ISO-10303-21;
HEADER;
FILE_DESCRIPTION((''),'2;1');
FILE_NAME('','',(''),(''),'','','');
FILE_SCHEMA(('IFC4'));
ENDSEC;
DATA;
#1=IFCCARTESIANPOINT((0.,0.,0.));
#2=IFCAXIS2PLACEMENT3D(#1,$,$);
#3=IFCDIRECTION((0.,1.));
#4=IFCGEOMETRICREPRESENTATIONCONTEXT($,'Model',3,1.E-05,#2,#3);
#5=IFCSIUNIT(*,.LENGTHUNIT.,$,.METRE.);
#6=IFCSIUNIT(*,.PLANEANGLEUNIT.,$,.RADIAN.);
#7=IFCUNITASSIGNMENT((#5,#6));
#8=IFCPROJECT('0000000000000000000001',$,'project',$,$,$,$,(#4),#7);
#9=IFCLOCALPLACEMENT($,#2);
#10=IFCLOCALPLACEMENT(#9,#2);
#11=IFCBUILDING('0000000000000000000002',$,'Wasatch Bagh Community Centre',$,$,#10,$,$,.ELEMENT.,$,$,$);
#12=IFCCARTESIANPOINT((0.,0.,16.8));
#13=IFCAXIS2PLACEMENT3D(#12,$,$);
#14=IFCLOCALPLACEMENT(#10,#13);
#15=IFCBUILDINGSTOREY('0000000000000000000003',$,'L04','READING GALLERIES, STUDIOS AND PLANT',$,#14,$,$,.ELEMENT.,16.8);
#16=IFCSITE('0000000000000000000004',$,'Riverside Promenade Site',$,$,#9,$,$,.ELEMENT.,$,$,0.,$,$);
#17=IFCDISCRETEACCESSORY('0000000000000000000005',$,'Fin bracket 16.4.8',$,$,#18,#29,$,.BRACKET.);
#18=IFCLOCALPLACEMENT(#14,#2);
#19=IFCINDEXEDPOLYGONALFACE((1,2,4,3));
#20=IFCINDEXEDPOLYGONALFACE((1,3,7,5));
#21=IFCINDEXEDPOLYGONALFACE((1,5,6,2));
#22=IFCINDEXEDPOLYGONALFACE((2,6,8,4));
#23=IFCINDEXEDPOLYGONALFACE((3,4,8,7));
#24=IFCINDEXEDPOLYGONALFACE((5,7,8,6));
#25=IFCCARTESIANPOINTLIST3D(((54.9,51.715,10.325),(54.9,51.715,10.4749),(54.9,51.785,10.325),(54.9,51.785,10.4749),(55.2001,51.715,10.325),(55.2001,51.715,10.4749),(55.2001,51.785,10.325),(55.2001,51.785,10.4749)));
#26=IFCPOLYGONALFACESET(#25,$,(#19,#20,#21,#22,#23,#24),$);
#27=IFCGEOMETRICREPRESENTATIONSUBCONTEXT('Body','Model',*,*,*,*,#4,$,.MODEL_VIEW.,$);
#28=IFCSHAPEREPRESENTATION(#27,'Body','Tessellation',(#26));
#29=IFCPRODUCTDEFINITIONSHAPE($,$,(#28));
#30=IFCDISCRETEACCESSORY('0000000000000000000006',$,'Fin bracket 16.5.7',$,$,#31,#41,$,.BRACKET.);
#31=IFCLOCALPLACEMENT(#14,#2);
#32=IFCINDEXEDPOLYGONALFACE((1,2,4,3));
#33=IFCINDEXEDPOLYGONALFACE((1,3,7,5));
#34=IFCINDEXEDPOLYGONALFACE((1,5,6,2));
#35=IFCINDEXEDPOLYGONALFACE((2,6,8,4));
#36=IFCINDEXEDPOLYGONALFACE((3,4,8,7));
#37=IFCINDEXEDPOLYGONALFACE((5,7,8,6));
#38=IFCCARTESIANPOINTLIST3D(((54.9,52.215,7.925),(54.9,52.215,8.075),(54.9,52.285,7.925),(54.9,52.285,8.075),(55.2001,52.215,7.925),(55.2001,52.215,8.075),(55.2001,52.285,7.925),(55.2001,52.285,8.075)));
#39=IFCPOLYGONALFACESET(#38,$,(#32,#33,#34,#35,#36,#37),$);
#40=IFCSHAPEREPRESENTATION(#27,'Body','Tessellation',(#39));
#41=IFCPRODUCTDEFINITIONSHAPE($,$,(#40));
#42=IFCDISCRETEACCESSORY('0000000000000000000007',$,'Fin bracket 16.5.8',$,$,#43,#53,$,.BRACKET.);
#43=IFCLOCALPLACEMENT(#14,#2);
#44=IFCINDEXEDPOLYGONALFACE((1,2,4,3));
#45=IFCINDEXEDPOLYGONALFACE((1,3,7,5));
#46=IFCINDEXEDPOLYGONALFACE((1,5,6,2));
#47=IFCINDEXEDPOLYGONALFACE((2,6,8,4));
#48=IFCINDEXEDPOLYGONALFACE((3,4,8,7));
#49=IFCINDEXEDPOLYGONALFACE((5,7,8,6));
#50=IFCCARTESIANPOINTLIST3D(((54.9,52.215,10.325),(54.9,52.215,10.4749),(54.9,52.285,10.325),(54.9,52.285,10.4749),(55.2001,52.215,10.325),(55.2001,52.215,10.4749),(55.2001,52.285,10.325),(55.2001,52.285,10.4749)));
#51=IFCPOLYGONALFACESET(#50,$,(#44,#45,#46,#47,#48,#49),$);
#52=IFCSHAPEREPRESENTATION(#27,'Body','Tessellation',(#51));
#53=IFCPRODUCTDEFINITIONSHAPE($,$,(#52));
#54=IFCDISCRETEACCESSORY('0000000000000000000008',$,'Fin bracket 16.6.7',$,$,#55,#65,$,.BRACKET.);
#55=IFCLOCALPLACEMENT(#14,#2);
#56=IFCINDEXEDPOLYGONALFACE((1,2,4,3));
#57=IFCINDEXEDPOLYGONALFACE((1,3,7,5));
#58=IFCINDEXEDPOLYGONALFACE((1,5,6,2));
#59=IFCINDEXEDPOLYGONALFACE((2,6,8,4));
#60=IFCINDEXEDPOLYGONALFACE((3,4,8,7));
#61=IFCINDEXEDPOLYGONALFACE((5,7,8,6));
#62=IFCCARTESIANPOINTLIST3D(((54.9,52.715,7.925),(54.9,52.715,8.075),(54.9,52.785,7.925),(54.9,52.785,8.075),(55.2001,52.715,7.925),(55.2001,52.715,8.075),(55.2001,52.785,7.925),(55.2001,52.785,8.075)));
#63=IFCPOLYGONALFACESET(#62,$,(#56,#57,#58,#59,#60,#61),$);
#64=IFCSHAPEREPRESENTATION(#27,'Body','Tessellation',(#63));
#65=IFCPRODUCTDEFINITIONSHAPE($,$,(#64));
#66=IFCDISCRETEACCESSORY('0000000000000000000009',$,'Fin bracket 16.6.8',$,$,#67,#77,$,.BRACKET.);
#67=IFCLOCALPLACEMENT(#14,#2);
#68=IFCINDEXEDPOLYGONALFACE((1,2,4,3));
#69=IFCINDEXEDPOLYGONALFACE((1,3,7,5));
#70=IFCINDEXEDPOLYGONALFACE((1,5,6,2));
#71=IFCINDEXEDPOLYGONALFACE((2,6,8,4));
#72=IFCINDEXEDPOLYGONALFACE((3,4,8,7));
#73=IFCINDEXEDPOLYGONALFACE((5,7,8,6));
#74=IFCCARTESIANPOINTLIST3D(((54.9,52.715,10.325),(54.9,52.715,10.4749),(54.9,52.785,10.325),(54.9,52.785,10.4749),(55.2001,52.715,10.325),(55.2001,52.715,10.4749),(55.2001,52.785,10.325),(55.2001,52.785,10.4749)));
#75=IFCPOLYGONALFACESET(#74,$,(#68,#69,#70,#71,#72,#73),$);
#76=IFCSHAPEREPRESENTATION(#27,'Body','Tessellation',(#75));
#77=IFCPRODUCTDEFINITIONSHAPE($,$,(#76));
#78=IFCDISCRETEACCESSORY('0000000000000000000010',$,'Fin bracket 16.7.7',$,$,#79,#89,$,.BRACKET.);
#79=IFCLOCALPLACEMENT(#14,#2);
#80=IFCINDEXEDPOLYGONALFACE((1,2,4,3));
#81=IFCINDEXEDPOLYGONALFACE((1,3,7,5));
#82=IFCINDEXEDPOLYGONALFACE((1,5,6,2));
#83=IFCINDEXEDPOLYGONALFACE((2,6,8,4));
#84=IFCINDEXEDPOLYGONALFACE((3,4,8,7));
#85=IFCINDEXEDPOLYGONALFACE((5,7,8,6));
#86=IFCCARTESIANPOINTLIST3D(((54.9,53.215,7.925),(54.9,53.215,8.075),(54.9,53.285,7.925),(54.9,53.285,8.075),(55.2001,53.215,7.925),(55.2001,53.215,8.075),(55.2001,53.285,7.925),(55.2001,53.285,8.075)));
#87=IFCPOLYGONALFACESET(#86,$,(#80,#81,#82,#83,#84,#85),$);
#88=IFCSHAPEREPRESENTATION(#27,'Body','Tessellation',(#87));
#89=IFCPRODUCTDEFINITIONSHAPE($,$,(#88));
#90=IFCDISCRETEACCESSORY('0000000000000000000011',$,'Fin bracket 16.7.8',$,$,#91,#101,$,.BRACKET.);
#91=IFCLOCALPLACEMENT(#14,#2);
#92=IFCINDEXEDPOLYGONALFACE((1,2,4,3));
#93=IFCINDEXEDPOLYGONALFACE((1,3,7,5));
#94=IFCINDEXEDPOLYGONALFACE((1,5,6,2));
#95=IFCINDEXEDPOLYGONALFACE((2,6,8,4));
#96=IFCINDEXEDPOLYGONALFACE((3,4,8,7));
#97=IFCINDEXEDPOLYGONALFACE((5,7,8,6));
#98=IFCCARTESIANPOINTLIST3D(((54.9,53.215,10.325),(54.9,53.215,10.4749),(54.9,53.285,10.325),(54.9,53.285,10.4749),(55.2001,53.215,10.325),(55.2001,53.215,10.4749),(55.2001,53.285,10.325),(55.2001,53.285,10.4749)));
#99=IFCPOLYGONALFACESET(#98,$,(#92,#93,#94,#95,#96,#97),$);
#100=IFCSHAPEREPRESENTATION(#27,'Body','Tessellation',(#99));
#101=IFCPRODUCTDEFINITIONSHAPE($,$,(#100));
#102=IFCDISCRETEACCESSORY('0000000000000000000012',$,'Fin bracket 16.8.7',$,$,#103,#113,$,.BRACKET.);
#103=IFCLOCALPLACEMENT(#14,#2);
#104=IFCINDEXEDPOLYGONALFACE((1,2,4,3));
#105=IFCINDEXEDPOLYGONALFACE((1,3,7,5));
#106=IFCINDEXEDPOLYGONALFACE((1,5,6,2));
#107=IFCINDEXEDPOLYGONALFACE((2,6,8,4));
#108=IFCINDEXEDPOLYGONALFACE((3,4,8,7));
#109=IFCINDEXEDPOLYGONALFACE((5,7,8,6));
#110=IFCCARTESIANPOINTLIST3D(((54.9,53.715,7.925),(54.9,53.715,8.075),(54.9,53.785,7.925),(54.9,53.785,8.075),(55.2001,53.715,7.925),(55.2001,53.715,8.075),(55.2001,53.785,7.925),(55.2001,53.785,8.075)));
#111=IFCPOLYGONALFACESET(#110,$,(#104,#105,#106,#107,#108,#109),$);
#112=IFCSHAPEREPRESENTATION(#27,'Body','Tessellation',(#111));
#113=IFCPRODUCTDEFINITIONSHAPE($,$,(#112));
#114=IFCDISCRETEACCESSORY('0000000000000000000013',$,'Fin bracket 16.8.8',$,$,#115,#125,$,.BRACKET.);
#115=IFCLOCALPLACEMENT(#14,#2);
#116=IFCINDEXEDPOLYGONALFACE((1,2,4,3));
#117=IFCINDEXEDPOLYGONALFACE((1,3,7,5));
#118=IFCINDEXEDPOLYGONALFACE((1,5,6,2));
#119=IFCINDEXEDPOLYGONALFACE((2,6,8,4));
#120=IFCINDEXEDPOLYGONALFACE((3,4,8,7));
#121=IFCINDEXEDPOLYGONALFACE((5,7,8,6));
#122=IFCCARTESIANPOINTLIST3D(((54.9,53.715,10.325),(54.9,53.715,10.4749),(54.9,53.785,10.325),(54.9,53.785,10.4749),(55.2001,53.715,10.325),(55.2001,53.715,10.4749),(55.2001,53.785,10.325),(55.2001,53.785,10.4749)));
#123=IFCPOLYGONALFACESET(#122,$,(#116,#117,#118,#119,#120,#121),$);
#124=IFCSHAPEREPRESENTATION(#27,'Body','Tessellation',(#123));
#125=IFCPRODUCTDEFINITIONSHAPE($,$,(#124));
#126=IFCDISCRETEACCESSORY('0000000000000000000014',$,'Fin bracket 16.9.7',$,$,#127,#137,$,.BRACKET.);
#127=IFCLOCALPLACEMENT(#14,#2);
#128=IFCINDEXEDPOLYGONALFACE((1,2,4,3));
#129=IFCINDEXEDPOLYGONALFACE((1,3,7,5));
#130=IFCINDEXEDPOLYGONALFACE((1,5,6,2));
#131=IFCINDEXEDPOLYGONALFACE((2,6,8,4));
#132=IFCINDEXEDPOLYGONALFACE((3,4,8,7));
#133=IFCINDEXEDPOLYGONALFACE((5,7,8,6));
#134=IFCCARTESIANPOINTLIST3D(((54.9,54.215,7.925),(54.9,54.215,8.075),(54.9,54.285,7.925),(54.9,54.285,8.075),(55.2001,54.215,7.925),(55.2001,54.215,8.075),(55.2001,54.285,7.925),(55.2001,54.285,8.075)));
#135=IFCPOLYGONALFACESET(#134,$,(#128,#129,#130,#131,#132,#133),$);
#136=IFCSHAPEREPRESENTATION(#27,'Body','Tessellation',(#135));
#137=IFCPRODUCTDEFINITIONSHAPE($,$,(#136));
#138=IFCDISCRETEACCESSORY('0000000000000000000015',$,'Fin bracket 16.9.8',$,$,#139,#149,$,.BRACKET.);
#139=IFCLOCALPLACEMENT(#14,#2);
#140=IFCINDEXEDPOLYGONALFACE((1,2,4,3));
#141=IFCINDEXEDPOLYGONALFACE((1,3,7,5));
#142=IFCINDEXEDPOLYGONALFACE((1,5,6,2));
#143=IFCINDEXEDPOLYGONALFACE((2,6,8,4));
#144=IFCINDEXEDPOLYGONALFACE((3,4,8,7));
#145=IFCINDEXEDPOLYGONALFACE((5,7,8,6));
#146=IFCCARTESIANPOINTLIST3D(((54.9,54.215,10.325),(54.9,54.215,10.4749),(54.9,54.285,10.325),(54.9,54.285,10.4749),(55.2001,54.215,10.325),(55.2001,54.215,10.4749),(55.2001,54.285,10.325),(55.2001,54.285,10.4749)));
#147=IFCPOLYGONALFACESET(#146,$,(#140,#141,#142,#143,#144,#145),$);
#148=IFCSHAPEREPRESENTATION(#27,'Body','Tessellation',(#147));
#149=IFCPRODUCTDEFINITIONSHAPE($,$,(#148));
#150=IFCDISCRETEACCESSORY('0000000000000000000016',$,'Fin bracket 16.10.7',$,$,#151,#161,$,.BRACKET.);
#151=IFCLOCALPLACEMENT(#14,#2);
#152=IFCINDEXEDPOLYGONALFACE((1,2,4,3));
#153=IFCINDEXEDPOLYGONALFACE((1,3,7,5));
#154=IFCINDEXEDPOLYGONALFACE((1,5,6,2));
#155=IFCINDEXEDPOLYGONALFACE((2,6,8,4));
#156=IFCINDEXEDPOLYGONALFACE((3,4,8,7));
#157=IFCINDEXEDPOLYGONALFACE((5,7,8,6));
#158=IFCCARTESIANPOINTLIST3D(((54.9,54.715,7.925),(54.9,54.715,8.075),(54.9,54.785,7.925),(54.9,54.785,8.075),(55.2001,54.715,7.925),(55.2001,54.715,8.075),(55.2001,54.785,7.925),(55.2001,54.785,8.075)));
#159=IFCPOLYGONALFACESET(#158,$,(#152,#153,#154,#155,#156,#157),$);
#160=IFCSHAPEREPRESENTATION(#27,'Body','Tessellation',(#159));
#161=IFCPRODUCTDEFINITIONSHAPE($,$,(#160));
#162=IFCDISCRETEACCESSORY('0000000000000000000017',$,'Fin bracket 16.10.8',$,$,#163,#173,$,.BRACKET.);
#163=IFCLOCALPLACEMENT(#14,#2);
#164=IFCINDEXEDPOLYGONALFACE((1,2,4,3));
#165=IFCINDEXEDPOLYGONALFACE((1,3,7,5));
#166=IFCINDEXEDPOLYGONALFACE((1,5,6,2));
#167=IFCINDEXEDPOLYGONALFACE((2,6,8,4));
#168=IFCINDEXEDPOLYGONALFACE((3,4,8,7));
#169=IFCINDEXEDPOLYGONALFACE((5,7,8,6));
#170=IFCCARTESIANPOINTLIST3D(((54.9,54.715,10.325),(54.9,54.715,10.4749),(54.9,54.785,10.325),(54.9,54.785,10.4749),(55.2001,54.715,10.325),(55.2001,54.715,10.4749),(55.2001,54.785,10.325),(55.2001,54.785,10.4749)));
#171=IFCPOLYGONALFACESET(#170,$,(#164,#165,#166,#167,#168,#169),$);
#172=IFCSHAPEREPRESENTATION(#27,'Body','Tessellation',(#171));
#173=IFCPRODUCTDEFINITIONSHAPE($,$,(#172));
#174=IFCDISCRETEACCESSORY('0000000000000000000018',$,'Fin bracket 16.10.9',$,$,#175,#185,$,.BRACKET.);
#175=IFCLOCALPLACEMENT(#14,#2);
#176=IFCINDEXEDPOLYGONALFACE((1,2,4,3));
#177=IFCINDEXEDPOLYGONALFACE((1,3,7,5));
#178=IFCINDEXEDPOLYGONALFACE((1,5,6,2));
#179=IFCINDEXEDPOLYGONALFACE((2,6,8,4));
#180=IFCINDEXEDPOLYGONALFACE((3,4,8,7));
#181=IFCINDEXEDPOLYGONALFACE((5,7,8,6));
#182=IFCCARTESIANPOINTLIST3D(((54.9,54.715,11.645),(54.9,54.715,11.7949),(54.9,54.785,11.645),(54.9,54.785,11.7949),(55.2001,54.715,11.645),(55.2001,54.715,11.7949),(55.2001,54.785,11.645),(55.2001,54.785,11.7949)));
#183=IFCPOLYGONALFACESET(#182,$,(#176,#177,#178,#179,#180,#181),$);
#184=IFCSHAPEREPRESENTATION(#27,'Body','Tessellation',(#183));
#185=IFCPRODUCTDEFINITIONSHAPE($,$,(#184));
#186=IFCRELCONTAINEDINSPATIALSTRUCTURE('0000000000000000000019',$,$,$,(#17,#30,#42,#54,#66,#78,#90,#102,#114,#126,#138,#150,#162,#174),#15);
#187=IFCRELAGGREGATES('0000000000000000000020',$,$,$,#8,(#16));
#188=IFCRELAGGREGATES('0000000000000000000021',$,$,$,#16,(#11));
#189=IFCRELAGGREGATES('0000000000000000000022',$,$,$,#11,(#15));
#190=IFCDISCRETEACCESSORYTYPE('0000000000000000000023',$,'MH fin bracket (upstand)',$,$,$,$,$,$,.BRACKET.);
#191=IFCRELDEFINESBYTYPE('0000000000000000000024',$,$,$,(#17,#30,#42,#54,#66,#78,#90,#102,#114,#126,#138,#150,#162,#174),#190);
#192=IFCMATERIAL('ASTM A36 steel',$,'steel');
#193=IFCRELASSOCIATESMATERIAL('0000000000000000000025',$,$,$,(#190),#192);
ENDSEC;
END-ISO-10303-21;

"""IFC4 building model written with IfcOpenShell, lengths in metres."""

from ifc_helpers import new_model, si_unit, direction, frame, origin, origin_2d, place, context, subcontext, project, spatial, rectangle, extrude, material, type_object, element, save


model = new_model("IFC4")

# Units and contexts
model_context = context("Model", 3, precision=1e-05, world=origin(), true_north=direction((0.0, 1.0)))
body_context = subcontext(model_context, "Body", "Model", "MODEL_VIEW")
ifc_project = project(units=[si_unit("LENGTHUNIT", "METRE"), si_unit("PLANEANGLEUNIT", "RADIAN")], contexts=[model_context])

# Site, building, storey
site_placement = place(None, origin())
site = spatial("IfcSite", under=ifc_project, at=site_placement, Name="Riverside Promenade Site", CompositionType="ELEMENT", RefElevation=0.0)
building_placement = place(site_placement, origin())
building = spatial("IfcBuilding", under=site, at=building_placement, Name="Wasatch Bagh Community Centre", CompositionType="ELEMENT")
storey_placement = place(building_placement, frame((0.0, 0.0, 16.8)))
storey = spatial("IfcBuildingStorey", under=building, at=storey_placement, Name="L04", Description="READING GALLERIES, STUDIOS AND PLANT", CompositionType="ELEMENT", Elevation=16.8)

# Discrete accessories
ifc_material_1 = material(Name="ASTM A36 steel", Category="steel")
discrete_accessory_type = type_object("IfcDiscreteAccessoryType", Name="MH fin bracket (upstand)", PredefinedType="BRACKET", material=ifc_material_1)
for number, where, z_axis, x_axis, name in (
    (1, (55.05, 51.75, 10.325), (0.0, 0.0, 1.0), (0.0, 1.0, 0.0), "Fin bracket 16.4.8"),
    (2, (55.05, 52.25, 7.925), (0.0, 0.0, 1.0), (0.0, 1.0, 0.0), "Fin bracket 16.5.7"),
    (3, (55.05, 52.25, 10.325), (0.0, 0.0, 1.0), (0.0, 1.0, 0.0), "Fin bracket 16.5.8"),
    (4, (55.05, 52.75, 7.925), (0.0, 0.0, 1.0), (0.0, 1.0, 0.0), "Fin bracket 16.6.7"),
    (5, (55.05, 52.75, 10.325), (0.0, 0.0, 1.0), (0.0, 1.0, 0.0), "Fin bracket 16.6.8"),
    (6, (55.05, 53.25, 7.925), (0.0, 0.0, 1.0), (0.0, 1.0, 0.0), "Fin bracket 16.7.7"),
    (7, (55.05, 53.25, 10.325), (0.0, 0.0, 1.0), (0.0, 1.0, 0.0), "Fin bracket 16.7.8"),
    (8, (55.05, 53.75, 7.925), (0.0, 0.0, 1.0), (0.0, 1.0, 0.0), "Fin bracket 16.8.7"),
    (9, (55.05, 53.75, 10.325), (0.0, 0.0, 1.0), (0.0, 1.0, 0.0), "Fin bracket 16.8.8"),
    (10, (55.05, 54.25, 7.925), (0.0, 0.0, 1.0), (0.0, 1.0, 0.0), "Fin bracket 16.9.7"),
    (11, (55.05, 54.25, 10.325), (0.0, 0.0, 1.0), (0.0, 1.0, 0.0), "Fin bracket 16.9.8"),
    (12, (55.05, 54.75, 7.925), (0.0, 0.0, 1.0), (0.0, 1.0, 0.0), "Fin bracket 16.10.7"),
    (13, (55.05, 54.75, 10.325), (0.0, 0.0, 1.0), (0.0, 1.0, 0.0), "Fin bracket 16.10.8"),
    (14, (55.05, 54.75, 11.645), (0.0, 0.0, 1.0), (0.0, 1.0, 0.0), "Fin bracket 16.10.9"),
):
    element("IfcDiscreteAccessory", number, at=place(storey_placement, frame(where, z_axis=z_axis, x_axis=x_axis)), inside=storey, type_object=discrete_accessory_type, Name=name, PredefinedType="BRACKET", context=body_context, shape_type="SweptSolid", body=[
        extrude(rectangle(XDim=0.0701, YDim=0.3, at=origin_2d()), origin(), (0.0, 0.0, 1.0), 0.1499),
    ])

save(model, "model.ifc")
